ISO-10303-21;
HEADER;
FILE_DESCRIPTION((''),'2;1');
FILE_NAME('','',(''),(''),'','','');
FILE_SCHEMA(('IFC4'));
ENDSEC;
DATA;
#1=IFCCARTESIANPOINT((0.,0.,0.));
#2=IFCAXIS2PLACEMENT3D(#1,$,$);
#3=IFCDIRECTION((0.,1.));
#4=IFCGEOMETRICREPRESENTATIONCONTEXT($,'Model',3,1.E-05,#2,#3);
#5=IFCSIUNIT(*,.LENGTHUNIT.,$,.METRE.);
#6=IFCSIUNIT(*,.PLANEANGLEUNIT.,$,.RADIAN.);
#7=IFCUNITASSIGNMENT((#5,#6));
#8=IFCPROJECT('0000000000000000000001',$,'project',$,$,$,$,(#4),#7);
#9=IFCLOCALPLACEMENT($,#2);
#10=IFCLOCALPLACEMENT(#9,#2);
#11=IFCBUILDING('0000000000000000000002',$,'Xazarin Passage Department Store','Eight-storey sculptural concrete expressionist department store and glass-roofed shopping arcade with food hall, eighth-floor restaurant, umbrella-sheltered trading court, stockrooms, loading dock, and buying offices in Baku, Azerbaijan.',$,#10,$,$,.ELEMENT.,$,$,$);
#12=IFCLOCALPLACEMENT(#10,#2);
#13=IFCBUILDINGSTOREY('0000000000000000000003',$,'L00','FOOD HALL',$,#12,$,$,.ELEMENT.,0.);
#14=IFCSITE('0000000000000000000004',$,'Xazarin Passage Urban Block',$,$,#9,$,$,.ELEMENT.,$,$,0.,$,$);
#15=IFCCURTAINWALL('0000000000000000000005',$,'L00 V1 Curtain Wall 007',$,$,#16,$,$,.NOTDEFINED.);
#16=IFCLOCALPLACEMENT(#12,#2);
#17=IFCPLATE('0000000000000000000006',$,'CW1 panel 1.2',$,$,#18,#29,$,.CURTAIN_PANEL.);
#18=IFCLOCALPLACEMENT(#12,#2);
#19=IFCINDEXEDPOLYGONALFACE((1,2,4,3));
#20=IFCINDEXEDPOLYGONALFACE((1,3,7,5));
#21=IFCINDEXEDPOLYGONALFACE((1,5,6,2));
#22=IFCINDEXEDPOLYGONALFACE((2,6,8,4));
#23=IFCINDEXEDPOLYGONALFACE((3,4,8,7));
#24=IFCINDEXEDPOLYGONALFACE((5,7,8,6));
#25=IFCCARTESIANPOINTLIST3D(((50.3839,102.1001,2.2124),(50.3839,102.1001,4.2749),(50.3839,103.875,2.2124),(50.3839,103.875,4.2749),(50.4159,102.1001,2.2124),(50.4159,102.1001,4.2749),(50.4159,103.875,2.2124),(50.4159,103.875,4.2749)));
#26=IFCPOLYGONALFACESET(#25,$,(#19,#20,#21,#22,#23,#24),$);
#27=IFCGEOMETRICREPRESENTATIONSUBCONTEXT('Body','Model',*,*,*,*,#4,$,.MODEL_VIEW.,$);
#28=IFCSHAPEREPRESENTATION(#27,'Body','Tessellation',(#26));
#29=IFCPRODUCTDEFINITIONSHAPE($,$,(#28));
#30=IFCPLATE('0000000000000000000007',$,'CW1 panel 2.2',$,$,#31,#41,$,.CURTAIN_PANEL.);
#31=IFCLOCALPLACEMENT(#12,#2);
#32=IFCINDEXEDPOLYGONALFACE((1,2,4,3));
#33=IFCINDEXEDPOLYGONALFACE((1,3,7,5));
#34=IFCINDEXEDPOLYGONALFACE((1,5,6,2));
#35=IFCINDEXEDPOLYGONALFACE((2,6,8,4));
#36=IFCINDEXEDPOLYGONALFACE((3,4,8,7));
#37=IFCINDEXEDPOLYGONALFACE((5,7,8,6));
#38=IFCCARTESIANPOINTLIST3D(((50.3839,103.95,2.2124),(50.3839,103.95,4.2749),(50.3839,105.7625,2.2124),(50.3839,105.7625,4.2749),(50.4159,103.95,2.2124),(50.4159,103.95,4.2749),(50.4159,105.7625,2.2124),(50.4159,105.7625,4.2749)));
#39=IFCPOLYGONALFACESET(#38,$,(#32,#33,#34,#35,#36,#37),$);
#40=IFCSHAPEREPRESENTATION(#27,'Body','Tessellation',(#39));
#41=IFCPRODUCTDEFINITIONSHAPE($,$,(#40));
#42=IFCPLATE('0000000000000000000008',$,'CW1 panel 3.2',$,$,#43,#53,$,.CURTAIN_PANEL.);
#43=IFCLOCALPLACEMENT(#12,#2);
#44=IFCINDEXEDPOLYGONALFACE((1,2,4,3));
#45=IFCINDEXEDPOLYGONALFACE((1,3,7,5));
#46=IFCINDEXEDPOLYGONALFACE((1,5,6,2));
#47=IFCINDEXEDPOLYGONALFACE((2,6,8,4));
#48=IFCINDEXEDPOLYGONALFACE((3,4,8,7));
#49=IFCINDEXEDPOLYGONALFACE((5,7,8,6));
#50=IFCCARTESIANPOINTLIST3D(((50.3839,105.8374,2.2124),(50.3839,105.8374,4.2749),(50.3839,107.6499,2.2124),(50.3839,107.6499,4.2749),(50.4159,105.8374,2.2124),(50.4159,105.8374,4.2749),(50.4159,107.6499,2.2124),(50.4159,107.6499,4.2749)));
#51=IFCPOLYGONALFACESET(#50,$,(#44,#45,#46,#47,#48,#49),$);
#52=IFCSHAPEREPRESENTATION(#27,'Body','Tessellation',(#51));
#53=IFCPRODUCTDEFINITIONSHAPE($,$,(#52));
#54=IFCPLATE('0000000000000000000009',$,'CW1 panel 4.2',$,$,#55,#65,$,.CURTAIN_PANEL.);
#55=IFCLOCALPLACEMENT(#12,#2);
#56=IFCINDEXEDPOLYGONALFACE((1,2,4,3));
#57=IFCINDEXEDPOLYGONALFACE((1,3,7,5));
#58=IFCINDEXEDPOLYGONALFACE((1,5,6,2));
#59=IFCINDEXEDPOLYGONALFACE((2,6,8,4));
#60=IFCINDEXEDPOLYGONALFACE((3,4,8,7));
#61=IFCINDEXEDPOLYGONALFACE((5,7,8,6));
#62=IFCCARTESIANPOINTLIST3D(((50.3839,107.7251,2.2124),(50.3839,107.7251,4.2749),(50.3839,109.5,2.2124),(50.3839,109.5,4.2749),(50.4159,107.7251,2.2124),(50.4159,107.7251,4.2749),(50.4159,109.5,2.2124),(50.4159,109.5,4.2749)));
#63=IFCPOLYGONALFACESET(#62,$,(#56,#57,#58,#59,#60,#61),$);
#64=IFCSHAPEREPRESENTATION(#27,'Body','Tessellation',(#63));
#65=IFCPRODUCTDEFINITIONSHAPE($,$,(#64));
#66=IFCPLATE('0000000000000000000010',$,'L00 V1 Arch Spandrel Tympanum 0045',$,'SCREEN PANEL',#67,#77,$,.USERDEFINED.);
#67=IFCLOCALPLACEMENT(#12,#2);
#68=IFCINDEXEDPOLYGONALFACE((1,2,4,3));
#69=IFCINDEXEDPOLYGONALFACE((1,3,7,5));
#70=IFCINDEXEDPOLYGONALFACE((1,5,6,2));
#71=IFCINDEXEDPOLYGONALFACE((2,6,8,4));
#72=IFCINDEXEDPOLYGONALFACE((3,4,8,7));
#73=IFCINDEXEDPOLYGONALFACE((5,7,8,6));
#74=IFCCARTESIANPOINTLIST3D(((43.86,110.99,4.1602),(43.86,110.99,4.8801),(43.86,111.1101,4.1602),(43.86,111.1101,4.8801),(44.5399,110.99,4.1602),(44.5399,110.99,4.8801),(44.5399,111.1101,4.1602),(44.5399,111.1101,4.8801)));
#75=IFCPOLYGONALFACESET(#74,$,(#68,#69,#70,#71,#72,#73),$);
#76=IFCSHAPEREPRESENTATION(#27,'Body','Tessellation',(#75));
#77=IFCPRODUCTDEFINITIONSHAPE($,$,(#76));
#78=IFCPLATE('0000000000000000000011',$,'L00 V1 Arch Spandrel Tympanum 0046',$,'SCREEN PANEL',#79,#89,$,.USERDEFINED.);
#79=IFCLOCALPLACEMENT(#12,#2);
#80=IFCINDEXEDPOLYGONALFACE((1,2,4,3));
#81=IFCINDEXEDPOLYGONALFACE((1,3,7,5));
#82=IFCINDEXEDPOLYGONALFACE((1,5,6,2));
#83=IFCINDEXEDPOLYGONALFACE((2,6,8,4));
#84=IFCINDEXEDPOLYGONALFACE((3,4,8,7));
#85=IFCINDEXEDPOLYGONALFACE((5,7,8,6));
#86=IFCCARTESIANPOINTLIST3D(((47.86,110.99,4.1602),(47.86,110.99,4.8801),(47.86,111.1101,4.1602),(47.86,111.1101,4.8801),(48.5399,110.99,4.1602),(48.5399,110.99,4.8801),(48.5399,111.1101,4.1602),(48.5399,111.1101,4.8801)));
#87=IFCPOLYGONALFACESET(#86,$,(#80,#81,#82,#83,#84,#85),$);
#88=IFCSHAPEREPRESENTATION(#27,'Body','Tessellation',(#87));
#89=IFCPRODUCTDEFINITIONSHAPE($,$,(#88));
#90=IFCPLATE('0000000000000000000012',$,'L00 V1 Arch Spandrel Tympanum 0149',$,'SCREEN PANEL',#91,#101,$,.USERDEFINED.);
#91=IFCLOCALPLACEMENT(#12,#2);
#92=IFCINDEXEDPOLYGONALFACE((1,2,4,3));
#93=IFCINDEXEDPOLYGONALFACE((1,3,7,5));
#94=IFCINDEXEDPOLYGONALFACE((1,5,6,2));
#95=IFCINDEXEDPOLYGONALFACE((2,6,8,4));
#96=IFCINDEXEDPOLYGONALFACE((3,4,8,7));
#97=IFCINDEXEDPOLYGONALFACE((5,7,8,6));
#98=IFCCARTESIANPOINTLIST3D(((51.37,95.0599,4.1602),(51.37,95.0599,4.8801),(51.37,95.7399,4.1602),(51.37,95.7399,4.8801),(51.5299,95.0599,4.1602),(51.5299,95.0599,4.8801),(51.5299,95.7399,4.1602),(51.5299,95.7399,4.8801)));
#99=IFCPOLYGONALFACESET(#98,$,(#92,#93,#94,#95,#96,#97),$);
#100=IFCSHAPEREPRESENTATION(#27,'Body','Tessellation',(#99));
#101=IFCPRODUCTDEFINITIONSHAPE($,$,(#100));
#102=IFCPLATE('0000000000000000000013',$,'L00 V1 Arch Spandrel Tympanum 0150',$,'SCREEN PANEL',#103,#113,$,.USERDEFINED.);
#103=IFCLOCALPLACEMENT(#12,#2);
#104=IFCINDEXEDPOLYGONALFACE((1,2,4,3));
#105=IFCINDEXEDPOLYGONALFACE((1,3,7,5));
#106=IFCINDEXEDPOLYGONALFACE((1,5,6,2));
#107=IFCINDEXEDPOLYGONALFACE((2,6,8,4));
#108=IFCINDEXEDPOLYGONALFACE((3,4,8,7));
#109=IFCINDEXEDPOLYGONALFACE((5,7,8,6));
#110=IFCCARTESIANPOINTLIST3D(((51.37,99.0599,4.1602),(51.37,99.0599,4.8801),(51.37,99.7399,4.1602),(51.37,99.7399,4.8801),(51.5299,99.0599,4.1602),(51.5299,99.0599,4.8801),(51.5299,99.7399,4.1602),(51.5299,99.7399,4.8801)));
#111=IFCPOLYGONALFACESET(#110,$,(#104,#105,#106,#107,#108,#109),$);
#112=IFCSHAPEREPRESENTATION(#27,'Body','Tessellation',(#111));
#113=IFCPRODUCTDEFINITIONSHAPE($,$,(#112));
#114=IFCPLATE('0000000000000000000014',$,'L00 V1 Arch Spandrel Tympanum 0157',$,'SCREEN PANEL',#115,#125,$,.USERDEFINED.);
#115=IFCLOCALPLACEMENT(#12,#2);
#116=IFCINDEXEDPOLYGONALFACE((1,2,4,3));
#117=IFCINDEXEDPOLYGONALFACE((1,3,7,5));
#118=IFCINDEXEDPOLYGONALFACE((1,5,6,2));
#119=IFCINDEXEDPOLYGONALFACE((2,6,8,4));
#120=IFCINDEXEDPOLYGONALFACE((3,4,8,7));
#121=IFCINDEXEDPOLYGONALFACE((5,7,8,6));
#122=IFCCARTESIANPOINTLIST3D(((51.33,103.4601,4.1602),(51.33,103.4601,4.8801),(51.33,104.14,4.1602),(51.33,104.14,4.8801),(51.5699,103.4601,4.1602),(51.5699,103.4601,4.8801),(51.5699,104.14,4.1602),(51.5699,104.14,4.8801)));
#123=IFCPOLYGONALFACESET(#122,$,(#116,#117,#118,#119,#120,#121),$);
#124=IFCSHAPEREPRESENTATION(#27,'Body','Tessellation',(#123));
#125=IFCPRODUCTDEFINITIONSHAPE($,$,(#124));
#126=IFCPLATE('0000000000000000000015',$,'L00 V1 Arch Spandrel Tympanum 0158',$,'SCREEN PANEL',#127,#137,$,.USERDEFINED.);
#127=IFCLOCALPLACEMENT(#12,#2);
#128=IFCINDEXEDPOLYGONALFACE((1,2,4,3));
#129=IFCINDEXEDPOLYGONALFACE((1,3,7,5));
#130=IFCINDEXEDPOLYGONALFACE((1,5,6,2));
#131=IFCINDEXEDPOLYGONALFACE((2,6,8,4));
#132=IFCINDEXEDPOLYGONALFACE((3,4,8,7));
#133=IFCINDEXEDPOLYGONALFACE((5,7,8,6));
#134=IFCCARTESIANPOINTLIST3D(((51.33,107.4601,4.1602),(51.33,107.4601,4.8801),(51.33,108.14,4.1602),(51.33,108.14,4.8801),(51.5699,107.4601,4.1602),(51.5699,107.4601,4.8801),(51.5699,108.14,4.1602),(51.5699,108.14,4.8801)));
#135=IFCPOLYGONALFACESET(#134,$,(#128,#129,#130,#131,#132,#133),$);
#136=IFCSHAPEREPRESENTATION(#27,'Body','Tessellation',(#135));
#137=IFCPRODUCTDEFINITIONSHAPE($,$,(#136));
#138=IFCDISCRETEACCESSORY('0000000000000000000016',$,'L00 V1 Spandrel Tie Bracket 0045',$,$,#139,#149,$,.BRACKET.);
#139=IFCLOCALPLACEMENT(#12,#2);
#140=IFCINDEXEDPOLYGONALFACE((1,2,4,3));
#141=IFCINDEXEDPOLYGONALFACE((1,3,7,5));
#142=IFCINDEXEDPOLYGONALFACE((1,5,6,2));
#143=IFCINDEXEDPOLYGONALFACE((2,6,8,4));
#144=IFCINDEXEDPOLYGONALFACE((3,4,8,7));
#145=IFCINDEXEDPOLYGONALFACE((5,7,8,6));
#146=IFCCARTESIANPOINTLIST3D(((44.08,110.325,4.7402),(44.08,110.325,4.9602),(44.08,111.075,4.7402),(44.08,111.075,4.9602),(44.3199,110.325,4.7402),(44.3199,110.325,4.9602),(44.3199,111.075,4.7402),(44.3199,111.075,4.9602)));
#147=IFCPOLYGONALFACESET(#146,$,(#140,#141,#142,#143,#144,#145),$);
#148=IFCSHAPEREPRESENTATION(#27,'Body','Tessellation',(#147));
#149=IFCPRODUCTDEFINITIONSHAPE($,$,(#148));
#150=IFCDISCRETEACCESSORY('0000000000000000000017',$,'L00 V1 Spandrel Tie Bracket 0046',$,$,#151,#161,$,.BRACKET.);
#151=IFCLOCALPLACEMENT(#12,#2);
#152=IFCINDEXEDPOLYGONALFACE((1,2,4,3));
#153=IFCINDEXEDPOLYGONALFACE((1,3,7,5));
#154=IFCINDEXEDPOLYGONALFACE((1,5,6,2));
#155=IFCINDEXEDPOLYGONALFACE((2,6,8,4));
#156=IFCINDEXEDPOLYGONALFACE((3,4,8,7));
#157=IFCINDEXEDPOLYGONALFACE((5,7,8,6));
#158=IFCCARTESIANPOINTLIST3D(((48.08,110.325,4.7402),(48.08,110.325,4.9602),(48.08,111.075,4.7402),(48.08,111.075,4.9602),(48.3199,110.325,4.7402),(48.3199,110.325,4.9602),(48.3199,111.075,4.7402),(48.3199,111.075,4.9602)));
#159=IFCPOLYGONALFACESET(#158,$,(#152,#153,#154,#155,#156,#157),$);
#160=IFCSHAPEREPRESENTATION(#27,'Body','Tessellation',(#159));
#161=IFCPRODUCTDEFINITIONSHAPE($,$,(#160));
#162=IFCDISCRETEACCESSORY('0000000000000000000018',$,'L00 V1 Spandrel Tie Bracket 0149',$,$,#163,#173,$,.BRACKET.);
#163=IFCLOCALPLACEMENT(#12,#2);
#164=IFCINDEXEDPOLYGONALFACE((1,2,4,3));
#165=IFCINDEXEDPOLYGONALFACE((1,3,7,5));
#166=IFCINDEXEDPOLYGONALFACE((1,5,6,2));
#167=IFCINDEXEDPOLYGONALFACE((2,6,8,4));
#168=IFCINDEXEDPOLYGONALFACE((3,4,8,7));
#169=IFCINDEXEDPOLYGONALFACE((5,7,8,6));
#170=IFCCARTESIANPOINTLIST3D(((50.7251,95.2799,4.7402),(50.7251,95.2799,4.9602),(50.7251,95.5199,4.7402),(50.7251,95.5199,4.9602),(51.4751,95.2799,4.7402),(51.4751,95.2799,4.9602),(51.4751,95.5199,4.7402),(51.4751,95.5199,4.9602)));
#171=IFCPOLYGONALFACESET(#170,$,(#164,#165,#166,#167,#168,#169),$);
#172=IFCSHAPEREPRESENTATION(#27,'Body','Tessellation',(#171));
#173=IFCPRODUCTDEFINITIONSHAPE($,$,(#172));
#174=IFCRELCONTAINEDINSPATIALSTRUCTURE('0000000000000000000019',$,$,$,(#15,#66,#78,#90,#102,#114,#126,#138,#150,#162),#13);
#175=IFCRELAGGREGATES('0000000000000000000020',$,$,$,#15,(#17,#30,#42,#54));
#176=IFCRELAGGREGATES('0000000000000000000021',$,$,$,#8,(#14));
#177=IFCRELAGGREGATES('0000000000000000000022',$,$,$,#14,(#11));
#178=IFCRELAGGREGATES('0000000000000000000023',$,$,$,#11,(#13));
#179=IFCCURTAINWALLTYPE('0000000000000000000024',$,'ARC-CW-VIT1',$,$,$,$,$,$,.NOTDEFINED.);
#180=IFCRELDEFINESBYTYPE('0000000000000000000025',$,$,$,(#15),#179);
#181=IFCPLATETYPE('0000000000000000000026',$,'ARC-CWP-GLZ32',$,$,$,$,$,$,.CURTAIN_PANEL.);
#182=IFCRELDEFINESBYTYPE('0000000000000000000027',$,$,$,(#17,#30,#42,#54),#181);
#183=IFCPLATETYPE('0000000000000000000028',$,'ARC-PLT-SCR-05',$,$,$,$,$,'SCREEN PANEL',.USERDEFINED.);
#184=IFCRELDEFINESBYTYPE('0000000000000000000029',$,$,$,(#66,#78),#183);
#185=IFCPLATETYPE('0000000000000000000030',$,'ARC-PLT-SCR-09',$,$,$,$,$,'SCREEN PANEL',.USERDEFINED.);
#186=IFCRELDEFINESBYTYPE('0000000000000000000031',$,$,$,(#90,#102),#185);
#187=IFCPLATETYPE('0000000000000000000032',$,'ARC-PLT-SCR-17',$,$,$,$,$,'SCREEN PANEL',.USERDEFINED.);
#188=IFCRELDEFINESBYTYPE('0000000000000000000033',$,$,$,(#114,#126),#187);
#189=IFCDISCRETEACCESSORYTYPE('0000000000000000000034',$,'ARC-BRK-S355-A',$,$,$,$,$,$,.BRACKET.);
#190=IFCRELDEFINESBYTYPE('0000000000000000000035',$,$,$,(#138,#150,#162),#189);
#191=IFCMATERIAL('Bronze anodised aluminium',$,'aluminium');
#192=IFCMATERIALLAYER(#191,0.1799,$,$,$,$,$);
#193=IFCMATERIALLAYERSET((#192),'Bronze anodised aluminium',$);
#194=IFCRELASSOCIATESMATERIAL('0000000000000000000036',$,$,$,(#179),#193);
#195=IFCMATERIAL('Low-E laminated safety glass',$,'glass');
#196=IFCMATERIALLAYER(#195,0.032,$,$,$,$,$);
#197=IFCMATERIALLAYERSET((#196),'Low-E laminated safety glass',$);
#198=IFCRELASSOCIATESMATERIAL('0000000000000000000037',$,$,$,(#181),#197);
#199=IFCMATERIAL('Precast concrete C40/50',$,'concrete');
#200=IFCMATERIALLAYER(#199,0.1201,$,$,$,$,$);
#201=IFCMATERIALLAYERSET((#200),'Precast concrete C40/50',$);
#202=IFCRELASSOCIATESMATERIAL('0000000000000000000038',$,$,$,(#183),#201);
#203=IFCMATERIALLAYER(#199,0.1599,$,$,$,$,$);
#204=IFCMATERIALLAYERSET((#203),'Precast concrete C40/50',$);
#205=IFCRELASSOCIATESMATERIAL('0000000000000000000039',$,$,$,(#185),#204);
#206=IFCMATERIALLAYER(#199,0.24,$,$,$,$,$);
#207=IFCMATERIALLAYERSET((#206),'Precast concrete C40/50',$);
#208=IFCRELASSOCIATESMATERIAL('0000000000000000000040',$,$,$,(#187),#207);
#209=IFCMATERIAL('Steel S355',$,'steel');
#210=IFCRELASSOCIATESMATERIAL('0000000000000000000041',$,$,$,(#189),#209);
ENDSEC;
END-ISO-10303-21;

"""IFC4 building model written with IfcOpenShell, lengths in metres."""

from ifc_helpers import new_model, si_unit, direction, frame, origin, origin_2d, place, context, subcontext, project, spatial, rectangle, extrude, material, layer, layer_set, type_object, element, aggregate, save


model = new_model("IFC4")

# Units and contexts
model_context = context("Model", 3, precision=1e-05, world=origin(), true_north=direction((0.0, 1.0)))
body_context = subcontext(model_context, "Body", "Model", "MODEL_VIEW")
ifc_project = project(units=[si_unit("LENGTHUNIT", "METRE"), si_unit("PLANEANGLEUNIT", "RADIAN")], contexts=[model_context])

# Site, building, storey
site_placement = place(None, origin())
site = spatial("IfcSite", under=ifc_project, at=site_placement, Name="Xazarin Passage Urban Block", CompositionType="ELEMENT", RefElevation=0.0)
building_placement = place(site_placement, origin())
building = spatial("IfcBuilding", under=site, at=building_placement, Name="Xazarin Passage Department Store", Description="Eight-storey sculptural concrete expressionist department store and glass-roofed shopping arcade with food hall, eighth-floor restaurant, umbrella-sheltered trading court, stockrooms, loading dock, and buying offices in Baku, Azerbaijan.", CompositionType="ELEMENT")
storey_placement = place(building_placement, origin())
storey = spatial("IfcBuildingStorey", under=building, at=storey_placement, Name="L00", Description="FOOD HALL", CompositionType="ELEMENT", Elevation=0.0)

# Curtain wall
ifc_material_1 = material(Name="Bronze anodised aluminium", Category="aluminium")
ifc_layer_1 = layer(ifc_material_1, 0.1799)
ifc_layer_set_1 = layer_set([ifc_layer_1], Name="Bronze anodised aluminium")
curtain_wall_type = type_object("IfcCurtainWallType", Name="ARC-CW-VIT1", PredefinedType="NOTDEFINED", material=ifc_layer_set_1)
curtain_wall_placement = place(storey_placement, origin())
curtain_wall = element("IfcCurtainWall", 1, at=curtain_wall_placement, inside=storey, type_object=curtain_wall_type, Name="L00 V1 Curtain Wall 007", PredefinedType="NOTDEFINED")

# Plates
ifc_material_2 = material(Name="Low-E laminated safety glass", Category="glass")
ifc_layer_2 = layer(ifc_material_2, 0.032)
ifc_layer_set_2 = layer_set([ifc_layer_2], Name="Low-E laminated safety glass")
plate_type_1 = type_object("IfcPlateType", Name="ARC-CWP-GLZ32", PredefinedType="CURTAIN_PANEL", material=ifc_layer_set_2)
plate_1_placement = place(storey_placement, frame((50.3999, 102.9875, 2.2124), z_axis=(0.0, 0.0, 1.0), x_axis=(0.0, 1.0, 0.0)))
plate_1 = element("IfcPlate", 2, at=plate_1_placement, type_object=plate_type_1, Name="CW1 panel 1.2", PredefinedType="CURTAIN_PANEL", context=body_context, shape_type="SweptSolid", body=[
    extrude(rectangle(XDim=1.7749, YDim=0.032, at=origin_2d()), origin(), (0.0, 0.0, 1.0), 2.0625),
])
plate_2_placement = place(storey_placement, frame((50.3999, 104.8562, 2.2124), z_axis=(0.0, 0.0, 1.0), x_axis=(0.0, 1.0, 0.0)))
plate_2 = element("IfcPlate", 3, at=plate_2_placement, type_object=plate_type_1, Name="CW1 panel 2.2", PredefinedType="CURTAIN_PANEL", context=body_context, shape_type="SweptSolid", body=[
    extrude(rectangle(XDim=1.8125, YDim=0.032, at=origin_2d()), origin(), (0.0, 0.0, 1.0), 2.0625),
])
plate_3_placement = place(storey_placement, frame((50.3999, 106.7437, 2.2124), z_axis=(0.0, 0.0, 1.0), x_axis=(0.0, 1.0, 0.0)))
plate_3 = element("IfcPlate", 4, at=plate_3_placement, type_object=plate_type_1, Name="CW1 panel 3.2", PredefinedType="CURTAIN_PANEL", context=body_context, shape_type="SweptSolid", body=[
    extrude(rectangle(XDim=1.8125, YDim=0.032, at=origin_2d()), origin(), (0.0, 0.0, 1.0), 2.0625),
])
plate_4_placement = place(storey_placement, frame((50.3999, 108.6125, 2.2124), z_axis=(0.0, 0.0, 1.0), x_axis=(0.0, 1.0, 0.0)))
plate_4 = element("IfcPlate", 5, at=plate_4_placement, type_object=plate_type_1, Name="CW1 panel 4.2", PredefinedType="CURTAIN_PANEL", context=body_context, shape_type="SweptSolid", body=[
    extrude(rectangle(XDim=1.7749, YDim=0.032, at=origin_2d()), origin(), (0.0, 0.0, 1.0), 2.0625),
])
aggregate(curtain_wall, [plate_1, plate_2, plate_3, plate_4])

# Plates
ifc_material_3 = material(Name="Precast concrete C40/50", Category="concrete")
ifc_layer_3 = layer(ifc_material_3, 0.1201)
ifc_layer_set_3 = layer_set([ifc_layer_3], Name="Precast concrete C40/50")
plate_type_2 = type_object("IfcPlateType", Name="ARC-PLT-SCR-05", ElementType="SCREEN PANEL", PredefinedType="USERDEFINED", material=ifc_layer_set_3)
for number, where, z_axis, x_axis, name in (
    (6, (44.2, 111.05, 4.1602), (0.0, 0.0, 1.0), (1.0, 0.0, 0.0), "L00 V1 Arch Spandrel Tympanum 0045"),
    (7, (48.2, 111.05, 4.1602), (0.0, 0.0, 1.0), (1.0, 0.0, 0.0), "L00 V1 Arch Spandrel Tympanum 0046"),
):
    element("IfcPlate", number, at=place(storey_placement, frame(where, z_axis=z_axis, x_axis=x_axis)), inside=storey, type_object=plate_type_2, Name=name, ObjectType="SCREEN PANEL", PredefinedType="USERDEFINED", context=body_context, shape_type="SweptSolid", body=[
        extrude(rectangle(XDim=0.6799, YDim=0.1201, at=origin_2d()), origin(), (0.0, 0.0, 1.0), 0.72),
    ])
ifc_layer_4 = layer(ifc_material_3, 0.1599)
ifc_layer_set_4 = layer_set([ifc_layer_4], Name="Precast concrete C40/50")
plate_type_3 = type_object("IfcPlateType", Name="ARC-PLT-SCR-09", ElementType="SCREEN PANEL", PredefinedType="USERDEFINED", material=ifc_layer_set_4)
for number, where, z_axis, x_axis, name in (
    (8, (51.45, 95.3999, 4.1602), (0.0, 0.0, 1.0), (0.0, 1.0, 0.0), "L00 V1 Arch Spandrel Tympanum 0149"),
    (9, (51.45, 99.3999, 4.1602), (0.0, 0.0, 1.0), (0.0, 1.0, 0.0), "L00 V1 Arch Spandrel Tympanum 0150"),
):
    element("IfcPlate", number, at=place(storey_placement, frame(where, z_axis=z_axis, x_axis=x_axis)), inside=storey, type_object=plate_type_3, Name=name, ObjectType="SCREEN PANEL", PredefinedType="USERDEFINED", context=body_context, shape_type="SweptSolid", body=[
        extrude(rectangle(XDim=0.6799, YDim=0.1599, at=origin_2d()), origin(), (0.0, 0.0, 1.0), 0.72),
    ])
ifc_layer_5 = layer(ifc_material_3, 0.24)
ifc_layer_set_5 = layer_set([ifc_layer_5], Name="Precast concrete C40/50")
plate_type_4 = type_object("IfcPlateType", Name="ARC-PLT-SCR-17", ElementType="SCREEN PANEL", PredefinedType="USERDEFINED", material=ifc_layer_set_5)
for number, where, z_axis, x_axis, name in (
    (10, (51.45, 103.8, 4.1602), (0.0, 0.0, 1.0), (0.0, 1.0, 0.0), "L00 V1 Arch Spandrel Tympanum 0157"),
    (11, (51.45, 107.8, 4.1602), (0.0, 0.0, 1.0), (0.0, 1.0, 0.0), "L00 V1 Arch Spandrel Tympanum 0158"),
):
    element("IfcPlate", number, at=place(storey_placement, frame(where, z_axis=z_axis, x_axis=x_axis)), inside=storey, type_object=plate_type_4, Name=name, ObjectType="SCREEN PANEL", PredefinedType="USERDEFINED", context=body_context, shape_type="SweptSolid", body=[
        extrude(rectangle(XDim=0.6799, YDim=0.24, at=origin_2d()), origin(), (0.0, 0.0, 1.0), 0.72),
    ])

# Discrete accessories
ifc_material_4 = material(Name="Steel S355", Category="steel")
discrete_accessory_type = type_object("IfcDiscreteAccessoryType", Name="ARC-BRK-S355-A", PredefinedType="BRACKET", material=ifc_material_4)
for number, where, z_axis, x_axis, name in (
    (12, (44.2, 110.7, 4.7402), (0.0, 0.0, 1.0), (1.0, 0.0, 0.0), "L00 V1 Spandrel Tie Bracket 0045"),
    (13, (48.2, 110.7, 4.7402), (0.0, 0.0, 1.0), (1.0, 0.0, 0.0), "L00 V1 Spandrel Tie Bracket 0046"),
    (14, (51.1001, 95.3999, 4.7402), (0.0, 0.0, 1.0), (0.0, 1.0, 0.0), "L00 V1 Spandrel Tie Bracket 0149"),
):
    element("IfcDiscreteAccessory", number, at=place(storey_placement, frame(where, z_axis=z_axis, x_axis=x_axis)), inside=storey, type_object=discrete_accessory_type, Name=name, PredefinedType="BRACKET", context=body_context, shape_type="SweptSolid", body=[
        extrude(rectangle(XDim=0.24, YDim=0.75, at=origin_2d()), origin(), (0.0, 0.0, 1.0), 0.22),
    ])

save(model, "model.ifc")
